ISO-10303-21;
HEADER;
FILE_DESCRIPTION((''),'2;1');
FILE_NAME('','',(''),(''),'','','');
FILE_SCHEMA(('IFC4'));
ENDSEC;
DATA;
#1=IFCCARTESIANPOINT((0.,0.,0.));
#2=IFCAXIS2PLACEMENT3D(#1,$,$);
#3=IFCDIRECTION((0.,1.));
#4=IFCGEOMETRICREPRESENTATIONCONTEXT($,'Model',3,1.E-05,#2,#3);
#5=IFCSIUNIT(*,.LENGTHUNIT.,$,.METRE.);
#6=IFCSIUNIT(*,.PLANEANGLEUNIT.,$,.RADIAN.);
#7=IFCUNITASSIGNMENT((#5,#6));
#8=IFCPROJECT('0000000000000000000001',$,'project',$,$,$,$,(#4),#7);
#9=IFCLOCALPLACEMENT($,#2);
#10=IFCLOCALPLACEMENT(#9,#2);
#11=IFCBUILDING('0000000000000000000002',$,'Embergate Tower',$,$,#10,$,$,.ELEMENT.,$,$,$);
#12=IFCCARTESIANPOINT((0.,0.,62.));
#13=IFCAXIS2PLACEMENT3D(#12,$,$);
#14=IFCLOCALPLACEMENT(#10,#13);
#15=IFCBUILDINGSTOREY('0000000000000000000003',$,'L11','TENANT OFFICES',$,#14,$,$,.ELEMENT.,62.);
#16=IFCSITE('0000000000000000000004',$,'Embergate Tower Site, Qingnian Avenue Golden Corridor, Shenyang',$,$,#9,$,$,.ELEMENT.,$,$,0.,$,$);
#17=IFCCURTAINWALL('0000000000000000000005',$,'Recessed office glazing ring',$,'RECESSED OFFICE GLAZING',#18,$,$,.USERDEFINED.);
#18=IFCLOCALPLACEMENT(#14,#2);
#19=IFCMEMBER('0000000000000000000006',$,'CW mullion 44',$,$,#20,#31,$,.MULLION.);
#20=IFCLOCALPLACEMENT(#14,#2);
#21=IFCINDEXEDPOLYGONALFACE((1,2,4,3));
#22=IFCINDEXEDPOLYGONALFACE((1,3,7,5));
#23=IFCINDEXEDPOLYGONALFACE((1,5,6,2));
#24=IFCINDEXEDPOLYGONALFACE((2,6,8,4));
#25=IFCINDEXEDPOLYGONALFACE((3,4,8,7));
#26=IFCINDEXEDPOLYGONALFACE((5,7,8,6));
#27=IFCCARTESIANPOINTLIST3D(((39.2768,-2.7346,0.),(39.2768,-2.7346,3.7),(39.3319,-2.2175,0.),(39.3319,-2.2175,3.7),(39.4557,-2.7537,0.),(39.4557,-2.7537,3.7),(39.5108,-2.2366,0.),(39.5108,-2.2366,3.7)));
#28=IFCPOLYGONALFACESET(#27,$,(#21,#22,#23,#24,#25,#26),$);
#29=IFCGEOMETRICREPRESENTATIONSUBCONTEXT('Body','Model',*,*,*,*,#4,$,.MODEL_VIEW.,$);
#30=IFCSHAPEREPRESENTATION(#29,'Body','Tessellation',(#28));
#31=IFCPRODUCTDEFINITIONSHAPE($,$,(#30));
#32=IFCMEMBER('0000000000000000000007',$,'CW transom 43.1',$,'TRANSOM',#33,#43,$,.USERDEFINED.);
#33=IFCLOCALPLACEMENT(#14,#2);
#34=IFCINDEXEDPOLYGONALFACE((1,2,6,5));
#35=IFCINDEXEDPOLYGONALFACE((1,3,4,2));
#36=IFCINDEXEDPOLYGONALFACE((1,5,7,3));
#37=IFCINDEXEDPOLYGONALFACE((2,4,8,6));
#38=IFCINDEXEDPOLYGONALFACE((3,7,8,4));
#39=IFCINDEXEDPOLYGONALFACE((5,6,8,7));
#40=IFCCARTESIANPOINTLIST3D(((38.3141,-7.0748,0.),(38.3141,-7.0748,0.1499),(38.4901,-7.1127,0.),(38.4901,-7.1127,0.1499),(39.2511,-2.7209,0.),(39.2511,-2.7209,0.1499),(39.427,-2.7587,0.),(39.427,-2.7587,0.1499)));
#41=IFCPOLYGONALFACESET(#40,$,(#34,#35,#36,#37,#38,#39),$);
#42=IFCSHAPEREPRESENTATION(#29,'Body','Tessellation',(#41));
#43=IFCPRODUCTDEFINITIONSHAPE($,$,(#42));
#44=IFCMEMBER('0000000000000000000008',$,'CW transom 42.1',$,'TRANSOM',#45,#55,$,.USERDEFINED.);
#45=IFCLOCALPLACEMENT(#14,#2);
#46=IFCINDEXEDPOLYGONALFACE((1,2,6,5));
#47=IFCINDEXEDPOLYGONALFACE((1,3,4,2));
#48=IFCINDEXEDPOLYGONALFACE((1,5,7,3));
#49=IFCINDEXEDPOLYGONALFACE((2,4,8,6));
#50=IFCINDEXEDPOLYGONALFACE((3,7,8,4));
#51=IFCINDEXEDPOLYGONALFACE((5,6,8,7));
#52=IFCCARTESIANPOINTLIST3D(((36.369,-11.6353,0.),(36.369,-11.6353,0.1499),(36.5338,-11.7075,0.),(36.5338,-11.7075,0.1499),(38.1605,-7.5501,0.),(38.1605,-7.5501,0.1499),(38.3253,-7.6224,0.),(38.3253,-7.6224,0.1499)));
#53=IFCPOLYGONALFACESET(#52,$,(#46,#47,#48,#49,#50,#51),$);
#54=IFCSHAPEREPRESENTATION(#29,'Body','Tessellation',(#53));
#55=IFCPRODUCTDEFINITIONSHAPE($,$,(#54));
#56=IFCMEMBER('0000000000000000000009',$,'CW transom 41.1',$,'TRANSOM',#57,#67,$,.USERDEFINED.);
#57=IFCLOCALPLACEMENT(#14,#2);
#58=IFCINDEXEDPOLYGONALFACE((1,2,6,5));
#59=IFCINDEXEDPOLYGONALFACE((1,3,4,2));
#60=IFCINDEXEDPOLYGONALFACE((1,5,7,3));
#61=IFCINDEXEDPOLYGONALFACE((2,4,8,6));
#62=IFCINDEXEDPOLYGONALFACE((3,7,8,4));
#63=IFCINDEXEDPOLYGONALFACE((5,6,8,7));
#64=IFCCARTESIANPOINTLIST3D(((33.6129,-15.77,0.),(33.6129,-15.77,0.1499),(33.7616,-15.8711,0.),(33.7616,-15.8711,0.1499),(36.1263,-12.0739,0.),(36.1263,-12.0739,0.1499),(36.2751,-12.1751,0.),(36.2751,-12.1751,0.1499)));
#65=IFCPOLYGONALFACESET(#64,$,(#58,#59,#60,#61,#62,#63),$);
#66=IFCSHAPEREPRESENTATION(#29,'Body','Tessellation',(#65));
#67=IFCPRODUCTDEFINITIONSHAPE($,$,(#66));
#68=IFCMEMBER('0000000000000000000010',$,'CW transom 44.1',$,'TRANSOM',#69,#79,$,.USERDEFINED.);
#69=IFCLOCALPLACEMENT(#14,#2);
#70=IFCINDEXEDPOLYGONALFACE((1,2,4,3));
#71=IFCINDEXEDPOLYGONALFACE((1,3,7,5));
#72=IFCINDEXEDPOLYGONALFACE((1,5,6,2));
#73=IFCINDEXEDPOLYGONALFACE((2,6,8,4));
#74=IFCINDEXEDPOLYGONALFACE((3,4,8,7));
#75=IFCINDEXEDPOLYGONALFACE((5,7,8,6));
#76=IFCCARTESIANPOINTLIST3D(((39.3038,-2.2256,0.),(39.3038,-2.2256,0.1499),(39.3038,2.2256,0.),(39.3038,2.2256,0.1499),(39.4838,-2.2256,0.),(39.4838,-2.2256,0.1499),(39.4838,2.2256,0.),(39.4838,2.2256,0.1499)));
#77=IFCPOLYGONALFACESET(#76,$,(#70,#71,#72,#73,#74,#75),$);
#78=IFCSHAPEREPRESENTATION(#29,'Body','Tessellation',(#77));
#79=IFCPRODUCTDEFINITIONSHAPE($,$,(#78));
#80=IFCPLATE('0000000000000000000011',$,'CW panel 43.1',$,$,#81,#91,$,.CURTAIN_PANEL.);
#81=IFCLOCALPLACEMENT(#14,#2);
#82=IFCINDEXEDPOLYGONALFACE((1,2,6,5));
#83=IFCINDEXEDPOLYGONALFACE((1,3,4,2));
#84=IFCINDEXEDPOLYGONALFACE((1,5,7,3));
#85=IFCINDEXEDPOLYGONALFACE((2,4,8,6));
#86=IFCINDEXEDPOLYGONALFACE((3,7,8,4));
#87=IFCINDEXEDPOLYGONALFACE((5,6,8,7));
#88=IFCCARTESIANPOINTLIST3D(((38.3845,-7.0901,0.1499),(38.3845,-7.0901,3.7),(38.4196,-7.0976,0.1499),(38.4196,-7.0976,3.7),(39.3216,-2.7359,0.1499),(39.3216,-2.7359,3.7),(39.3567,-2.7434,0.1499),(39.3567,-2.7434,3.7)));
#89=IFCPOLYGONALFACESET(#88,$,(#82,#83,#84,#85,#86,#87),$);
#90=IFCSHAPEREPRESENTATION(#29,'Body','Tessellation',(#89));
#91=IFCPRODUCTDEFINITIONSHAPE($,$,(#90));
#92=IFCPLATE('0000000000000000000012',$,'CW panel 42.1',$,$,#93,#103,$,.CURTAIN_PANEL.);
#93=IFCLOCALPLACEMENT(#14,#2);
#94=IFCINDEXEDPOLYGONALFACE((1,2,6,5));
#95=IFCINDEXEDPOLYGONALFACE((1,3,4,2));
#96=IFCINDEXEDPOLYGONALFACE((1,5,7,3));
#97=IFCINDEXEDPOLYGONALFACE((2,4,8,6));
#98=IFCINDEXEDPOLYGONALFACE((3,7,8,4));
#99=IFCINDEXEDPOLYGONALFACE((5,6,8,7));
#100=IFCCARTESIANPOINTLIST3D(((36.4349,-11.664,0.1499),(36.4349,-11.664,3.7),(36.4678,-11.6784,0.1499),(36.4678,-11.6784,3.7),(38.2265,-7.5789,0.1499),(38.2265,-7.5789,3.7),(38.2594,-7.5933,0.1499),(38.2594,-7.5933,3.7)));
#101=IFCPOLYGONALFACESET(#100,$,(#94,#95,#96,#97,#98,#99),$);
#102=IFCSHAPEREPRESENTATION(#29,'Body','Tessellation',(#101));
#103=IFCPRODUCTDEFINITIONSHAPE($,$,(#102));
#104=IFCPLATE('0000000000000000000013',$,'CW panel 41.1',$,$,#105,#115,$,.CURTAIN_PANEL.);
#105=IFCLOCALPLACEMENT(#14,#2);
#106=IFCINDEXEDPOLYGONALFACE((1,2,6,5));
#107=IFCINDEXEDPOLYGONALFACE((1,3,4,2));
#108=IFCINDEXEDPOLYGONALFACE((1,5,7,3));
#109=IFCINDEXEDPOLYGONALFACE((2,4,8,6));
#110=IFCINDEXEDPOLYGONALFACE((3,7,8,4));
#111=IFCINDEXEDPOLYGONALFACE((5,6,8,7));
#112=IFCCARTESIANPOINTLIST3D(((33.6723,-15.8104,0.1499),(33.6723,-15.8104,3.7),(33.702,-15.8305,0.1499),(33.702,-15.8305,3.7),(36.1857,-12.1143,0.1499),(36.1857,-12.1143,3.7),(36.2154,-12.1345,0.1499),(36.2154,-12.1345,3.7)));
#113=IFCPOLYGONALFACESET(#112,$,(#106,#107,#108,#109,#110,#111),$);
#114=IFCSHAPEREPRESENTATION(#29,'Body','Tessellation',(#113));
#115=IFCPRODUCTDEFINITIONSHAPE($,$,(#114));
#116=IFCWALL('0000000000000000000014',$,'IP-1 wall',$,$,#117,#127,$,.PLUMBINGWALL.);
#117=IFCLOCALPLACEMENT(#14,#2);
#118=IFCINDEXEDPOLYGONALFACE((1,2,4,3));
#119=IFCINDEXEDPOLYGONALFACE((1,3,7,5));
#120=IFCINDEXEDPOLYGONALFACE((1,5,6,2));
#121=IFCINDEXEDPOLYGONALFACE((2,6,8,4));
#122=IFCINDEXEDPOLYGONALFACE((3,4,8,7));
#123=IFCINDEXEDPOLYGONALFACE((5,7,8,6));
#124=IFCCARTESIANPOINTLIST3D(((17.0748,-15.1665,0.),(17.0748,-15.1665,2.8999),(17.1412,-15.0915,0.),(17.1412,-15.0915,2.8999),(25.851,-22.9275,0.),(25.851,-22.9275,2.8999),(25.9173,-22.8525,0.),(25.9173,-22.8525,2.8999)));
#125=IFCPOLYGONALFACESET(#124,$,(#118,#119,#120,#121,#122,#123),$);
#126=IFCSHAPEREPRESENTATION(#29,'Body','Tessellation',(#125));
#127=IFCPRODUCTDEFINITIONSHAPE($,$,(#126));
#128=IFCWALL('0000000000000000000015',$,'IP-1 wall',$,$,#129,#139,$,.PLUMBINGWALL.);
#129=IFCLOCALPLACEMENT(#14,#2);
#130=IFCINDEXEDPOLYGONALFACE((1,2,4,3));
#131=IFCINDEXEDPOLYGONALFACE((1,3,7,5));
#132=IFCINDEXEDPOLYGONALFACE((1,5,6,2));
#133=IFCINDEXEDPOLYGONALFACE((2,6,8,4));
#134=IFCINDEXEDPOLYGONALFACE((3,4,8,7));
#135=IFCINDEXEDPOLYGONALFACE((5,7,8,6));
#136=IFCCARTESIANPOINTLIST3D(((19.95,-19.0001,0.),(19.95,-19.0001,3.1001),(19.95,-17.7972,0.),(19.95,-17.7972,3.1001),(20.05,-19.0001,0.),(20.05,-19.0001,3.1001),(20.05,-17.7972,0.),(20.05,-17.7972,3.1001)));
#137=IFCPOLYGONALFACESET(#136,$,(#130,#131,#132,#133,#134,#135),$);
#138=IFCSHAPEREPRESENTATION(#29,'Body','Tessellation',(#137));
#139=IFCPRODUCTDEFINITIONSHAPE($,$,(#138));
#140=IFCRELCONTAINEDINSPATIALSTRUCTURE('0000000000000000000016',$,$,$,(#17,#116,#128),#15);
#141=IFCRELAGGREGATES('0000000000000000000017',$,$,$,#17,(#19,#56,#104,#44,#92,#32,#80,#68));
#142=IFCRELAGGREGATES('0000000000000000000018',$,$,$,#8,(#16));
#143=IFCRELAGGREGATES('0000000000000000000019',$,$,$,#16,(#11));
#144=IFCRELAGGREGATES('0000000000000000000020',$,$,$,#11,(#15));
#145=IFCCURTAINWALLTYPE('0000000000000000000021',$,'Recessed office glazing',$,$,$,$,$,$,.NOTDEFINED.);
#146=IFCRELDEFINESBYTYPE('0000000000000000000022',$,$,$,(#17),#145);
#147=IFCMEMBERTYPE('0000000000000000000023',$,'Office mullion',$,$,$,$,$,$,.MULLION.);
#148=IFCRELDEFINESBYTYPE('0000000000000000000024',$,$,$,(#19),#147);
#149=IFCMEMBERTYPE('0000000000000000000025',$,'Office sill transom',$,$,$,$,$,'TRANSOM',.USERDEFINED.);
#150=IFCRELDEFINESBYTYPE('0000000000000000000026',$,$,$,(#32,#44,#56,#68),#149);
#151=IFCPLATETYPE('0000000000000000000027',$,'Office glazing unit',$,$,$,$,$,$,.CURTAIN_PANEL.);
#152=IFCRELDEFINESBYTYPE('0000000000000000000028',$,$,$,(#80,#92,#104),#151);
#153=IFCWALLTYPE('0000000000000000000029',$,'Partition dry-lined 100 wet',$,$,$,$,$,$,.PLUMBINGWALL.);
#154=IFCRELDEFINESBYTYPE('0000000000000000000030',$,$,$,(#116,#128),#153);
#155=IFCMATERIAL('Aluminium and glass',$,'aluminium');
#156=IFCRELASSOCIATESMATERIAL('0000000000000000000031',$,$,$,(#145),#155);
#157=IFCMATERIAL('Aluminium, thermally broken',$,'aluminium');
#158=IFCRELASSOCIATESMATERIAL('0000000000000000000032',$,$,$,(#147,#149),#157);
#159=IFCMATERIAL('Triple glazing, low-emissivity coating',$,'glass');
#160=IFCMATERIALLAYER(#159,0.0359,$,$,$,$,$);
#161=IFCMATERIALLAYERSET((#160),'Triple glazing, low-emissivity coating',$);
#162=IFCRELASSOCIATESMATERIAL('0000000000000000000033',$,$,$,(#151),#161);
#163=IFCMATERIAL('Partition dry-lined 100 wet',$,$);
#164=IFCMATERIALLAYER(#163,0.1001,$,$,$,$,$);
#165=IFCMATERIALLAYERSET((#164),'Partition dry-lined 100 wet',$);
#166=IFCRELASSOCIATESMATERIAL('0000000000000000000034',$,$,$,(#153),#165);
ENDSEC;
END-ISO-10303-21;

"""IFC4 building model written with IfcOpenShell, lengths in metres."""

from ifc_helpers import new_model, si_unit, direction, frame, frame_2d, origin, origin_2d, place, context, subcontext, project, spatial, rectangle, extrude, source, transform, mapped, material, layer, layer_set, material_profile, profile_set, type_object, element, aggregate, save


model = new_model("IFC4")

# Units and contexts
model_context = context("Model", 3, precision=1e-05, world=origin(), true_north=direction((0.0, 1.0)))
body_context = subcontext(model_context, "Body", "Model", "MODEL_VIEW")
ifc_project = project(units=[si_unit("LENGTHUNIT", "METRE"), si_unit("PLANEANGLEUNIT", "RADIAN")], contexts=[model_context])

# Site, building, storey
site_placement = place(None, origin())
site = spatial("IfcSite", under=ifc_project, at=site_placement, Name="Embergate Tower Site, Qingnian Avenue Golden Corridor, Shenyang", CompositionType="ELEMENT", RefElevation=0.0)
building_placement = place(site_placement, origin())
building = spatial("IfcBuilding", under=site, at=building_placement, Name="Embergate Tower", CompositionType="ELEMENT")
storey_placement = place(building_placement, frame((0.0, 0.0, 62.0)))
storey = spatial("IfcBuildingStorey", under=building, at=storey_placement, Name="L11", Description="TENANT OFFICES", CompositionType="ELEMENT", Elevation=62.0)

# Curtain wall, members, plates
ifc_material_1 = material(Name="Aluminium and glass", Category="aluminium")
curtain_wall_type = type_object("IfcCurtainWallType", Name="Recessed office glazing", PredefinedType="NOTDEFINED", material=ifc_material_1)
curtain_wall_placement = place(storey_placement, origin())
curtain_wall = element("IfcCurtainWall", 1, at=curtain_wall_placement, inside=storey, type_object=curtain_wall_type, Name="Recessed office glazing ring", ObjectType="RECESSED OFFICE GLAZING", PredefinedType="USERDEFINED")
ifc_material_2 = material(Name="Aluminium, thermally broken", Category="aluminium")
ifc_material_profile_1 = material_profile(ifc_material_2, rectangle(XDim=0.1799, YDim=0.52, at=origin_2d()), Name="AL 520x180")
ifc_profile_set_1 = profile_set([ifc_material_profile_1], Name="Aluminium, thermally broken")
member_type_1 = type_object("IfcMemberType", Name="Office mullion", PredefinedType="MULLION", material=ifc_profile_set_1)
shared_shape_1 = source(origin(), body_context, "Body", "SweptSolid", [
    extrude(rectangle(XDim=0.1799, YDim=0.52, at=origin_2d()), origin(), (0.0, 0.0, 1.0), 3.7),
])
member_1_placement = place(storey_placement, frame((39.3938, -2.4856, 0.0), z_axis=(0.0, 0.0, 1.0), x_axis=(-0.994386, 0.105818, 0.0)))
member_1 = element("IfcMember", 2, at=member_1_placement, type_object=member_type_1, Name="CW mullion 44", PredefinedType="MULLION", context=body_context, shape_type="MappedRepresentation", body=[
    mapped(shared_shape_1, transform((0.0, 0.0, 0.0))),
])
ifc_material_profile_2 = material_profile(ifc_material_2, rectangle(XDim=0.1799, YDim=0.1499, at=origin_2d()), Name="AL 150x180")
ifc_profile_set_2 = profile_set([ifc_material_profile_2], Name="Aluminium, thermally broken")
member_type_2 = type_object("IfcMemberType", Name="Office sill transom", ElementType="TRANSOM", PredefinedType="USERDEFINED", material=ifc_profile_set_2)
shared_shape_2 = source(origin(), body_context, "Body", "SweptSolid", [
    extrude(rectangle(XDim=0.1799, YDim=0.1499, at=origin_2d()), origin(), (0.0, 0.0, 1.0), 4.4536),
])
member_2_placement = place(storey_placement, frame((38.4021, -7.0938, 0.075), z_axis=(0.21039, 0.977618, 0.0), x_axis=(-0.977618, 0.21039, 0.0)))
member_2 = element("IfcMember", 3, at=member_2_placement, type_object=member_type_2, Name="CW transom 43.1", ObjectType="TRANSOM", PredefinedType="USERDEFINED", context=body_context, shape_type="MappedRepresentation", body=[
    mapped(shared_shape_2, transform((0.0, 0.0, 0.0))),
])
shared_shape_3 = source(origin(), body_context, "Body", "SweptSolid", [
    extrude(rectangle(XDim=0.1799, YDim=0.1499, at=origin_2d()), origin(), (0.0, 0.0, 1.0), 4.4607),
])
member_3_placement = place(storey_placement, frame((36.4514, -11.6714, 0.075), z_axis=(0.401614, 0.915809, 0.0), x_axis=(-0.915809, 0.401614, 0.0)))
member_3 = element("IfcMember", 4, at=member_3_placement, type_object=member_type_2, Name="CW transom 42.1", ObjectType="TRANSOM", PredefinedType="USERDEFINED", context=body_context, shape_type="MappedRepresentation", body=[
    mapped(shared_shape_3, transform((0.0, 0.0, 0.0))),
])
shared_shape_4 = source(origin(), body_context, "Body", "SweptSolid", [
    extrude(rectangle(XDim=0.1799, YDim=0.1499, at=origin_2d()), origin(), (0.0, 0.0, 1.0), 4.4697),
])
member_4_placement = place(storey_placement, frame((33.6873, -15.8206, 0.075), z_axis=(0.562328, 0.826914, 0.0), x_axis=(-0.826914, 0.562328, 0.0)))
member_4 = element("IfcMember", 5, at=member_4_placement, type_object=member_type_2, Name="CW transom 41.1", ObjectType="TRANSOM", PredefinedType="USERDEFINED", context=body_context, shape_type="MappedRepresentation", body=[
    mapped(shared_shape_4, transform((0.0, 0.0, 0.0))),
])
shared_shape_5 = source(origin(), body_context, "Body", "SweptSolid", [
    extrude(rectangle(XDim=0.1799, YDim=0.1499, at=origin_2d()), origin(), (0.0, 0.0, 1.0), 4.4512),
])
member_5_placement = place(storey_placement, frame((39.3938, -2.2256, 0.075), z_axis=(0.0, 1.0, 0.0), x_axis=(-1.0, 0.0, 0.0)))
member_5 = element("IfcMember", 6, at=member_5_placement, type_object=member_type_2, Name="CW transom 44.1", ObjectType="TRANSOM", PredefinedType="USERDEFINED", context=body_context, shape_type="MappedRepresentation", body=[
    mapped(shared_shape_5, transform((0.0, 0.0, 0.0))),
])
ifc_material_3 = material(Name="Triple glazing, low-emissivity coating", Category="glass")
ifc_layer_1 = layer(ifc_material_3, 0.0359)
ifc_layer_set_1 = layer_set([ifc_layer_1], Name="Triple glazing, low-emissivity coating")
plate_type = type_object("IfcPlateType", Name="Office glazing unit", PredefinedType="CURTAIN_PANEL", material=ifc_layer_set_1)
shared_shape_6 = source(origin(), body_context, "Body", "SweptSolid", [
    extrude(rectangle(XDim=4.4539, YDim=0.0359, at=origin_2d()), origin(), (0.0, 0.0, 1.0), 3.55),
])
plate_1_placement = place(storey_placement, frame((38.8706, -4.9167, 0.1499), z_axis=(0.0, 0.0, 1.0), x_axis=(0.210392, 0.977617, 0.0)))
plate_1 = element("IfcPlate", 7, at=plate_1_placement, type_object=plate_type, Name="CW panel 43.1", PredefinedType="CURTAIN_PANEL", context=body_context, shape_type="MappedRepresentation", body=[
    mapped(shared_shape_6, transform((0.0, 0.0, 0.0))),
])
shared_shape_7 = source(origin(), body_context, "Body", "SweptSolid", [
    extrude(rectangle(XDim=4.4607, YDim=0.0359, at=origin_2d()), origin(), (0.0, 0.0, 1.0), 3.55),
])
plate_2_placement = place(storey_placement, frame((37.3472, -9.6287, 0.1499), z_axis=(0.0, 0.0, 1.0), x_axis=(0.401644, 0.915796, 0.0)))
plate_2 = element("IfcPlate", 8, at=plate_2_placement, type_object=plate_type, Name="CW panel 42.1", PredefinedType="CURTAIN_PANEL", context=body_context, shape_type="MappedRepresentation", body=[
    mapped(shared_shape_7, transform((0.0, 0.0, 0.0))),
])
shared_shape_8 = source(origin(), body_context, "Body", "SweptSolid", [
    extrude(rectangle(XDim=4.4697, YDim=0.0359, at=origin_2d()), origin(), (0.0, 0.0, 1.0), 3.55),
])
plate_3_placement = place(storey_placement, frame((34.9438, -13.9724, 0.1499), z_axis=(0.0, 0.0, 1.0), x_axis=(0.562332, 0.826912, 0.0)))
plate_3 = element("IfcPlate", 9, at=plate_3_placement, type_object=plate_type, Name="CW panel 41.1", PredefinedType="CURTAIN_PANEL", context=body_context, shape_type="MappedRepresentation", body=[
    mapped(shared_shape_8, transform((0.0, 0.0, 0.0))),
])
aggregate(curtain_wall, [member_1, member_4, plate_3, member_3, plate_2, member_2, plate_1, member_5])

# Walls
ifc_material_4 = material(Name="Partition dry-lined 100 wet")
ifc_layer_2 = layer(ifc_material_4, 0.1001)
ifc_layer_set_2 = layer_set([ifc_layer_2], Name="Partition dry-lined 100 wet")
wall_type = type_object("IfcWallType", Name="Partition dry-lined 100 wet", PredefinedType="PLUMBINGWALL", material=ifc_layer_set_2)
shared_shape_9 = source(origin(), body_context, "Body", "SweptSolid", [
    extrude(rectangle(XDim=11.7156, YDim=0.1001, at=frame_2d((5.8579, 0.0))), origin(), (0.0, 0.0, 1.0), 2.8999),
])
wall_1_placement = place(storey_placement, frame((17.1079, -15.1289, 0.0), z_axis=(0.0, 0.0, 1.0), x_axis=(0.749103, -0.662454, 0.0)))
element("IfcWall", 10, at=wall_1_placement, inside=storey, type_object=wall_type, Name="IP-1 wall", PredefinedType="PLUMBINGWALL", context=body_context, shape_type="MappedRepresentation", body=[
    mapped(shared_shape_9, transform((0.0, 0.0, 0.0))),
])
shared_shape_10 = source(origin(), body_context, "Body", "SweptSolid", [
    extrude(rectangle(XDim=1.2029, YDim=0.1001, at=frame_2d((0.6016, 0.0))), origin(), (0.0, 0.0, 1.0), 3.1001),
])
wall_2_placement = place(storey_placement, frame((20.0, -17.7971, 0.0), z_axis=(0.0, 0.0, 1.0), x_axis=(0.0, -1.0, 0.0)))
element("IfcWall", 11, at=wall_2_placement, inside=storey, type_object=wall_type, Name="IP-1 wall", PredefinedType="PLUMBINGWALL", context=body_context, shape_type="MappedRepresentation", body=[
    mapped(shared_shape_10, transform((0.0, 0.0, 0.0))),
])

save(model, "model.ifc")
